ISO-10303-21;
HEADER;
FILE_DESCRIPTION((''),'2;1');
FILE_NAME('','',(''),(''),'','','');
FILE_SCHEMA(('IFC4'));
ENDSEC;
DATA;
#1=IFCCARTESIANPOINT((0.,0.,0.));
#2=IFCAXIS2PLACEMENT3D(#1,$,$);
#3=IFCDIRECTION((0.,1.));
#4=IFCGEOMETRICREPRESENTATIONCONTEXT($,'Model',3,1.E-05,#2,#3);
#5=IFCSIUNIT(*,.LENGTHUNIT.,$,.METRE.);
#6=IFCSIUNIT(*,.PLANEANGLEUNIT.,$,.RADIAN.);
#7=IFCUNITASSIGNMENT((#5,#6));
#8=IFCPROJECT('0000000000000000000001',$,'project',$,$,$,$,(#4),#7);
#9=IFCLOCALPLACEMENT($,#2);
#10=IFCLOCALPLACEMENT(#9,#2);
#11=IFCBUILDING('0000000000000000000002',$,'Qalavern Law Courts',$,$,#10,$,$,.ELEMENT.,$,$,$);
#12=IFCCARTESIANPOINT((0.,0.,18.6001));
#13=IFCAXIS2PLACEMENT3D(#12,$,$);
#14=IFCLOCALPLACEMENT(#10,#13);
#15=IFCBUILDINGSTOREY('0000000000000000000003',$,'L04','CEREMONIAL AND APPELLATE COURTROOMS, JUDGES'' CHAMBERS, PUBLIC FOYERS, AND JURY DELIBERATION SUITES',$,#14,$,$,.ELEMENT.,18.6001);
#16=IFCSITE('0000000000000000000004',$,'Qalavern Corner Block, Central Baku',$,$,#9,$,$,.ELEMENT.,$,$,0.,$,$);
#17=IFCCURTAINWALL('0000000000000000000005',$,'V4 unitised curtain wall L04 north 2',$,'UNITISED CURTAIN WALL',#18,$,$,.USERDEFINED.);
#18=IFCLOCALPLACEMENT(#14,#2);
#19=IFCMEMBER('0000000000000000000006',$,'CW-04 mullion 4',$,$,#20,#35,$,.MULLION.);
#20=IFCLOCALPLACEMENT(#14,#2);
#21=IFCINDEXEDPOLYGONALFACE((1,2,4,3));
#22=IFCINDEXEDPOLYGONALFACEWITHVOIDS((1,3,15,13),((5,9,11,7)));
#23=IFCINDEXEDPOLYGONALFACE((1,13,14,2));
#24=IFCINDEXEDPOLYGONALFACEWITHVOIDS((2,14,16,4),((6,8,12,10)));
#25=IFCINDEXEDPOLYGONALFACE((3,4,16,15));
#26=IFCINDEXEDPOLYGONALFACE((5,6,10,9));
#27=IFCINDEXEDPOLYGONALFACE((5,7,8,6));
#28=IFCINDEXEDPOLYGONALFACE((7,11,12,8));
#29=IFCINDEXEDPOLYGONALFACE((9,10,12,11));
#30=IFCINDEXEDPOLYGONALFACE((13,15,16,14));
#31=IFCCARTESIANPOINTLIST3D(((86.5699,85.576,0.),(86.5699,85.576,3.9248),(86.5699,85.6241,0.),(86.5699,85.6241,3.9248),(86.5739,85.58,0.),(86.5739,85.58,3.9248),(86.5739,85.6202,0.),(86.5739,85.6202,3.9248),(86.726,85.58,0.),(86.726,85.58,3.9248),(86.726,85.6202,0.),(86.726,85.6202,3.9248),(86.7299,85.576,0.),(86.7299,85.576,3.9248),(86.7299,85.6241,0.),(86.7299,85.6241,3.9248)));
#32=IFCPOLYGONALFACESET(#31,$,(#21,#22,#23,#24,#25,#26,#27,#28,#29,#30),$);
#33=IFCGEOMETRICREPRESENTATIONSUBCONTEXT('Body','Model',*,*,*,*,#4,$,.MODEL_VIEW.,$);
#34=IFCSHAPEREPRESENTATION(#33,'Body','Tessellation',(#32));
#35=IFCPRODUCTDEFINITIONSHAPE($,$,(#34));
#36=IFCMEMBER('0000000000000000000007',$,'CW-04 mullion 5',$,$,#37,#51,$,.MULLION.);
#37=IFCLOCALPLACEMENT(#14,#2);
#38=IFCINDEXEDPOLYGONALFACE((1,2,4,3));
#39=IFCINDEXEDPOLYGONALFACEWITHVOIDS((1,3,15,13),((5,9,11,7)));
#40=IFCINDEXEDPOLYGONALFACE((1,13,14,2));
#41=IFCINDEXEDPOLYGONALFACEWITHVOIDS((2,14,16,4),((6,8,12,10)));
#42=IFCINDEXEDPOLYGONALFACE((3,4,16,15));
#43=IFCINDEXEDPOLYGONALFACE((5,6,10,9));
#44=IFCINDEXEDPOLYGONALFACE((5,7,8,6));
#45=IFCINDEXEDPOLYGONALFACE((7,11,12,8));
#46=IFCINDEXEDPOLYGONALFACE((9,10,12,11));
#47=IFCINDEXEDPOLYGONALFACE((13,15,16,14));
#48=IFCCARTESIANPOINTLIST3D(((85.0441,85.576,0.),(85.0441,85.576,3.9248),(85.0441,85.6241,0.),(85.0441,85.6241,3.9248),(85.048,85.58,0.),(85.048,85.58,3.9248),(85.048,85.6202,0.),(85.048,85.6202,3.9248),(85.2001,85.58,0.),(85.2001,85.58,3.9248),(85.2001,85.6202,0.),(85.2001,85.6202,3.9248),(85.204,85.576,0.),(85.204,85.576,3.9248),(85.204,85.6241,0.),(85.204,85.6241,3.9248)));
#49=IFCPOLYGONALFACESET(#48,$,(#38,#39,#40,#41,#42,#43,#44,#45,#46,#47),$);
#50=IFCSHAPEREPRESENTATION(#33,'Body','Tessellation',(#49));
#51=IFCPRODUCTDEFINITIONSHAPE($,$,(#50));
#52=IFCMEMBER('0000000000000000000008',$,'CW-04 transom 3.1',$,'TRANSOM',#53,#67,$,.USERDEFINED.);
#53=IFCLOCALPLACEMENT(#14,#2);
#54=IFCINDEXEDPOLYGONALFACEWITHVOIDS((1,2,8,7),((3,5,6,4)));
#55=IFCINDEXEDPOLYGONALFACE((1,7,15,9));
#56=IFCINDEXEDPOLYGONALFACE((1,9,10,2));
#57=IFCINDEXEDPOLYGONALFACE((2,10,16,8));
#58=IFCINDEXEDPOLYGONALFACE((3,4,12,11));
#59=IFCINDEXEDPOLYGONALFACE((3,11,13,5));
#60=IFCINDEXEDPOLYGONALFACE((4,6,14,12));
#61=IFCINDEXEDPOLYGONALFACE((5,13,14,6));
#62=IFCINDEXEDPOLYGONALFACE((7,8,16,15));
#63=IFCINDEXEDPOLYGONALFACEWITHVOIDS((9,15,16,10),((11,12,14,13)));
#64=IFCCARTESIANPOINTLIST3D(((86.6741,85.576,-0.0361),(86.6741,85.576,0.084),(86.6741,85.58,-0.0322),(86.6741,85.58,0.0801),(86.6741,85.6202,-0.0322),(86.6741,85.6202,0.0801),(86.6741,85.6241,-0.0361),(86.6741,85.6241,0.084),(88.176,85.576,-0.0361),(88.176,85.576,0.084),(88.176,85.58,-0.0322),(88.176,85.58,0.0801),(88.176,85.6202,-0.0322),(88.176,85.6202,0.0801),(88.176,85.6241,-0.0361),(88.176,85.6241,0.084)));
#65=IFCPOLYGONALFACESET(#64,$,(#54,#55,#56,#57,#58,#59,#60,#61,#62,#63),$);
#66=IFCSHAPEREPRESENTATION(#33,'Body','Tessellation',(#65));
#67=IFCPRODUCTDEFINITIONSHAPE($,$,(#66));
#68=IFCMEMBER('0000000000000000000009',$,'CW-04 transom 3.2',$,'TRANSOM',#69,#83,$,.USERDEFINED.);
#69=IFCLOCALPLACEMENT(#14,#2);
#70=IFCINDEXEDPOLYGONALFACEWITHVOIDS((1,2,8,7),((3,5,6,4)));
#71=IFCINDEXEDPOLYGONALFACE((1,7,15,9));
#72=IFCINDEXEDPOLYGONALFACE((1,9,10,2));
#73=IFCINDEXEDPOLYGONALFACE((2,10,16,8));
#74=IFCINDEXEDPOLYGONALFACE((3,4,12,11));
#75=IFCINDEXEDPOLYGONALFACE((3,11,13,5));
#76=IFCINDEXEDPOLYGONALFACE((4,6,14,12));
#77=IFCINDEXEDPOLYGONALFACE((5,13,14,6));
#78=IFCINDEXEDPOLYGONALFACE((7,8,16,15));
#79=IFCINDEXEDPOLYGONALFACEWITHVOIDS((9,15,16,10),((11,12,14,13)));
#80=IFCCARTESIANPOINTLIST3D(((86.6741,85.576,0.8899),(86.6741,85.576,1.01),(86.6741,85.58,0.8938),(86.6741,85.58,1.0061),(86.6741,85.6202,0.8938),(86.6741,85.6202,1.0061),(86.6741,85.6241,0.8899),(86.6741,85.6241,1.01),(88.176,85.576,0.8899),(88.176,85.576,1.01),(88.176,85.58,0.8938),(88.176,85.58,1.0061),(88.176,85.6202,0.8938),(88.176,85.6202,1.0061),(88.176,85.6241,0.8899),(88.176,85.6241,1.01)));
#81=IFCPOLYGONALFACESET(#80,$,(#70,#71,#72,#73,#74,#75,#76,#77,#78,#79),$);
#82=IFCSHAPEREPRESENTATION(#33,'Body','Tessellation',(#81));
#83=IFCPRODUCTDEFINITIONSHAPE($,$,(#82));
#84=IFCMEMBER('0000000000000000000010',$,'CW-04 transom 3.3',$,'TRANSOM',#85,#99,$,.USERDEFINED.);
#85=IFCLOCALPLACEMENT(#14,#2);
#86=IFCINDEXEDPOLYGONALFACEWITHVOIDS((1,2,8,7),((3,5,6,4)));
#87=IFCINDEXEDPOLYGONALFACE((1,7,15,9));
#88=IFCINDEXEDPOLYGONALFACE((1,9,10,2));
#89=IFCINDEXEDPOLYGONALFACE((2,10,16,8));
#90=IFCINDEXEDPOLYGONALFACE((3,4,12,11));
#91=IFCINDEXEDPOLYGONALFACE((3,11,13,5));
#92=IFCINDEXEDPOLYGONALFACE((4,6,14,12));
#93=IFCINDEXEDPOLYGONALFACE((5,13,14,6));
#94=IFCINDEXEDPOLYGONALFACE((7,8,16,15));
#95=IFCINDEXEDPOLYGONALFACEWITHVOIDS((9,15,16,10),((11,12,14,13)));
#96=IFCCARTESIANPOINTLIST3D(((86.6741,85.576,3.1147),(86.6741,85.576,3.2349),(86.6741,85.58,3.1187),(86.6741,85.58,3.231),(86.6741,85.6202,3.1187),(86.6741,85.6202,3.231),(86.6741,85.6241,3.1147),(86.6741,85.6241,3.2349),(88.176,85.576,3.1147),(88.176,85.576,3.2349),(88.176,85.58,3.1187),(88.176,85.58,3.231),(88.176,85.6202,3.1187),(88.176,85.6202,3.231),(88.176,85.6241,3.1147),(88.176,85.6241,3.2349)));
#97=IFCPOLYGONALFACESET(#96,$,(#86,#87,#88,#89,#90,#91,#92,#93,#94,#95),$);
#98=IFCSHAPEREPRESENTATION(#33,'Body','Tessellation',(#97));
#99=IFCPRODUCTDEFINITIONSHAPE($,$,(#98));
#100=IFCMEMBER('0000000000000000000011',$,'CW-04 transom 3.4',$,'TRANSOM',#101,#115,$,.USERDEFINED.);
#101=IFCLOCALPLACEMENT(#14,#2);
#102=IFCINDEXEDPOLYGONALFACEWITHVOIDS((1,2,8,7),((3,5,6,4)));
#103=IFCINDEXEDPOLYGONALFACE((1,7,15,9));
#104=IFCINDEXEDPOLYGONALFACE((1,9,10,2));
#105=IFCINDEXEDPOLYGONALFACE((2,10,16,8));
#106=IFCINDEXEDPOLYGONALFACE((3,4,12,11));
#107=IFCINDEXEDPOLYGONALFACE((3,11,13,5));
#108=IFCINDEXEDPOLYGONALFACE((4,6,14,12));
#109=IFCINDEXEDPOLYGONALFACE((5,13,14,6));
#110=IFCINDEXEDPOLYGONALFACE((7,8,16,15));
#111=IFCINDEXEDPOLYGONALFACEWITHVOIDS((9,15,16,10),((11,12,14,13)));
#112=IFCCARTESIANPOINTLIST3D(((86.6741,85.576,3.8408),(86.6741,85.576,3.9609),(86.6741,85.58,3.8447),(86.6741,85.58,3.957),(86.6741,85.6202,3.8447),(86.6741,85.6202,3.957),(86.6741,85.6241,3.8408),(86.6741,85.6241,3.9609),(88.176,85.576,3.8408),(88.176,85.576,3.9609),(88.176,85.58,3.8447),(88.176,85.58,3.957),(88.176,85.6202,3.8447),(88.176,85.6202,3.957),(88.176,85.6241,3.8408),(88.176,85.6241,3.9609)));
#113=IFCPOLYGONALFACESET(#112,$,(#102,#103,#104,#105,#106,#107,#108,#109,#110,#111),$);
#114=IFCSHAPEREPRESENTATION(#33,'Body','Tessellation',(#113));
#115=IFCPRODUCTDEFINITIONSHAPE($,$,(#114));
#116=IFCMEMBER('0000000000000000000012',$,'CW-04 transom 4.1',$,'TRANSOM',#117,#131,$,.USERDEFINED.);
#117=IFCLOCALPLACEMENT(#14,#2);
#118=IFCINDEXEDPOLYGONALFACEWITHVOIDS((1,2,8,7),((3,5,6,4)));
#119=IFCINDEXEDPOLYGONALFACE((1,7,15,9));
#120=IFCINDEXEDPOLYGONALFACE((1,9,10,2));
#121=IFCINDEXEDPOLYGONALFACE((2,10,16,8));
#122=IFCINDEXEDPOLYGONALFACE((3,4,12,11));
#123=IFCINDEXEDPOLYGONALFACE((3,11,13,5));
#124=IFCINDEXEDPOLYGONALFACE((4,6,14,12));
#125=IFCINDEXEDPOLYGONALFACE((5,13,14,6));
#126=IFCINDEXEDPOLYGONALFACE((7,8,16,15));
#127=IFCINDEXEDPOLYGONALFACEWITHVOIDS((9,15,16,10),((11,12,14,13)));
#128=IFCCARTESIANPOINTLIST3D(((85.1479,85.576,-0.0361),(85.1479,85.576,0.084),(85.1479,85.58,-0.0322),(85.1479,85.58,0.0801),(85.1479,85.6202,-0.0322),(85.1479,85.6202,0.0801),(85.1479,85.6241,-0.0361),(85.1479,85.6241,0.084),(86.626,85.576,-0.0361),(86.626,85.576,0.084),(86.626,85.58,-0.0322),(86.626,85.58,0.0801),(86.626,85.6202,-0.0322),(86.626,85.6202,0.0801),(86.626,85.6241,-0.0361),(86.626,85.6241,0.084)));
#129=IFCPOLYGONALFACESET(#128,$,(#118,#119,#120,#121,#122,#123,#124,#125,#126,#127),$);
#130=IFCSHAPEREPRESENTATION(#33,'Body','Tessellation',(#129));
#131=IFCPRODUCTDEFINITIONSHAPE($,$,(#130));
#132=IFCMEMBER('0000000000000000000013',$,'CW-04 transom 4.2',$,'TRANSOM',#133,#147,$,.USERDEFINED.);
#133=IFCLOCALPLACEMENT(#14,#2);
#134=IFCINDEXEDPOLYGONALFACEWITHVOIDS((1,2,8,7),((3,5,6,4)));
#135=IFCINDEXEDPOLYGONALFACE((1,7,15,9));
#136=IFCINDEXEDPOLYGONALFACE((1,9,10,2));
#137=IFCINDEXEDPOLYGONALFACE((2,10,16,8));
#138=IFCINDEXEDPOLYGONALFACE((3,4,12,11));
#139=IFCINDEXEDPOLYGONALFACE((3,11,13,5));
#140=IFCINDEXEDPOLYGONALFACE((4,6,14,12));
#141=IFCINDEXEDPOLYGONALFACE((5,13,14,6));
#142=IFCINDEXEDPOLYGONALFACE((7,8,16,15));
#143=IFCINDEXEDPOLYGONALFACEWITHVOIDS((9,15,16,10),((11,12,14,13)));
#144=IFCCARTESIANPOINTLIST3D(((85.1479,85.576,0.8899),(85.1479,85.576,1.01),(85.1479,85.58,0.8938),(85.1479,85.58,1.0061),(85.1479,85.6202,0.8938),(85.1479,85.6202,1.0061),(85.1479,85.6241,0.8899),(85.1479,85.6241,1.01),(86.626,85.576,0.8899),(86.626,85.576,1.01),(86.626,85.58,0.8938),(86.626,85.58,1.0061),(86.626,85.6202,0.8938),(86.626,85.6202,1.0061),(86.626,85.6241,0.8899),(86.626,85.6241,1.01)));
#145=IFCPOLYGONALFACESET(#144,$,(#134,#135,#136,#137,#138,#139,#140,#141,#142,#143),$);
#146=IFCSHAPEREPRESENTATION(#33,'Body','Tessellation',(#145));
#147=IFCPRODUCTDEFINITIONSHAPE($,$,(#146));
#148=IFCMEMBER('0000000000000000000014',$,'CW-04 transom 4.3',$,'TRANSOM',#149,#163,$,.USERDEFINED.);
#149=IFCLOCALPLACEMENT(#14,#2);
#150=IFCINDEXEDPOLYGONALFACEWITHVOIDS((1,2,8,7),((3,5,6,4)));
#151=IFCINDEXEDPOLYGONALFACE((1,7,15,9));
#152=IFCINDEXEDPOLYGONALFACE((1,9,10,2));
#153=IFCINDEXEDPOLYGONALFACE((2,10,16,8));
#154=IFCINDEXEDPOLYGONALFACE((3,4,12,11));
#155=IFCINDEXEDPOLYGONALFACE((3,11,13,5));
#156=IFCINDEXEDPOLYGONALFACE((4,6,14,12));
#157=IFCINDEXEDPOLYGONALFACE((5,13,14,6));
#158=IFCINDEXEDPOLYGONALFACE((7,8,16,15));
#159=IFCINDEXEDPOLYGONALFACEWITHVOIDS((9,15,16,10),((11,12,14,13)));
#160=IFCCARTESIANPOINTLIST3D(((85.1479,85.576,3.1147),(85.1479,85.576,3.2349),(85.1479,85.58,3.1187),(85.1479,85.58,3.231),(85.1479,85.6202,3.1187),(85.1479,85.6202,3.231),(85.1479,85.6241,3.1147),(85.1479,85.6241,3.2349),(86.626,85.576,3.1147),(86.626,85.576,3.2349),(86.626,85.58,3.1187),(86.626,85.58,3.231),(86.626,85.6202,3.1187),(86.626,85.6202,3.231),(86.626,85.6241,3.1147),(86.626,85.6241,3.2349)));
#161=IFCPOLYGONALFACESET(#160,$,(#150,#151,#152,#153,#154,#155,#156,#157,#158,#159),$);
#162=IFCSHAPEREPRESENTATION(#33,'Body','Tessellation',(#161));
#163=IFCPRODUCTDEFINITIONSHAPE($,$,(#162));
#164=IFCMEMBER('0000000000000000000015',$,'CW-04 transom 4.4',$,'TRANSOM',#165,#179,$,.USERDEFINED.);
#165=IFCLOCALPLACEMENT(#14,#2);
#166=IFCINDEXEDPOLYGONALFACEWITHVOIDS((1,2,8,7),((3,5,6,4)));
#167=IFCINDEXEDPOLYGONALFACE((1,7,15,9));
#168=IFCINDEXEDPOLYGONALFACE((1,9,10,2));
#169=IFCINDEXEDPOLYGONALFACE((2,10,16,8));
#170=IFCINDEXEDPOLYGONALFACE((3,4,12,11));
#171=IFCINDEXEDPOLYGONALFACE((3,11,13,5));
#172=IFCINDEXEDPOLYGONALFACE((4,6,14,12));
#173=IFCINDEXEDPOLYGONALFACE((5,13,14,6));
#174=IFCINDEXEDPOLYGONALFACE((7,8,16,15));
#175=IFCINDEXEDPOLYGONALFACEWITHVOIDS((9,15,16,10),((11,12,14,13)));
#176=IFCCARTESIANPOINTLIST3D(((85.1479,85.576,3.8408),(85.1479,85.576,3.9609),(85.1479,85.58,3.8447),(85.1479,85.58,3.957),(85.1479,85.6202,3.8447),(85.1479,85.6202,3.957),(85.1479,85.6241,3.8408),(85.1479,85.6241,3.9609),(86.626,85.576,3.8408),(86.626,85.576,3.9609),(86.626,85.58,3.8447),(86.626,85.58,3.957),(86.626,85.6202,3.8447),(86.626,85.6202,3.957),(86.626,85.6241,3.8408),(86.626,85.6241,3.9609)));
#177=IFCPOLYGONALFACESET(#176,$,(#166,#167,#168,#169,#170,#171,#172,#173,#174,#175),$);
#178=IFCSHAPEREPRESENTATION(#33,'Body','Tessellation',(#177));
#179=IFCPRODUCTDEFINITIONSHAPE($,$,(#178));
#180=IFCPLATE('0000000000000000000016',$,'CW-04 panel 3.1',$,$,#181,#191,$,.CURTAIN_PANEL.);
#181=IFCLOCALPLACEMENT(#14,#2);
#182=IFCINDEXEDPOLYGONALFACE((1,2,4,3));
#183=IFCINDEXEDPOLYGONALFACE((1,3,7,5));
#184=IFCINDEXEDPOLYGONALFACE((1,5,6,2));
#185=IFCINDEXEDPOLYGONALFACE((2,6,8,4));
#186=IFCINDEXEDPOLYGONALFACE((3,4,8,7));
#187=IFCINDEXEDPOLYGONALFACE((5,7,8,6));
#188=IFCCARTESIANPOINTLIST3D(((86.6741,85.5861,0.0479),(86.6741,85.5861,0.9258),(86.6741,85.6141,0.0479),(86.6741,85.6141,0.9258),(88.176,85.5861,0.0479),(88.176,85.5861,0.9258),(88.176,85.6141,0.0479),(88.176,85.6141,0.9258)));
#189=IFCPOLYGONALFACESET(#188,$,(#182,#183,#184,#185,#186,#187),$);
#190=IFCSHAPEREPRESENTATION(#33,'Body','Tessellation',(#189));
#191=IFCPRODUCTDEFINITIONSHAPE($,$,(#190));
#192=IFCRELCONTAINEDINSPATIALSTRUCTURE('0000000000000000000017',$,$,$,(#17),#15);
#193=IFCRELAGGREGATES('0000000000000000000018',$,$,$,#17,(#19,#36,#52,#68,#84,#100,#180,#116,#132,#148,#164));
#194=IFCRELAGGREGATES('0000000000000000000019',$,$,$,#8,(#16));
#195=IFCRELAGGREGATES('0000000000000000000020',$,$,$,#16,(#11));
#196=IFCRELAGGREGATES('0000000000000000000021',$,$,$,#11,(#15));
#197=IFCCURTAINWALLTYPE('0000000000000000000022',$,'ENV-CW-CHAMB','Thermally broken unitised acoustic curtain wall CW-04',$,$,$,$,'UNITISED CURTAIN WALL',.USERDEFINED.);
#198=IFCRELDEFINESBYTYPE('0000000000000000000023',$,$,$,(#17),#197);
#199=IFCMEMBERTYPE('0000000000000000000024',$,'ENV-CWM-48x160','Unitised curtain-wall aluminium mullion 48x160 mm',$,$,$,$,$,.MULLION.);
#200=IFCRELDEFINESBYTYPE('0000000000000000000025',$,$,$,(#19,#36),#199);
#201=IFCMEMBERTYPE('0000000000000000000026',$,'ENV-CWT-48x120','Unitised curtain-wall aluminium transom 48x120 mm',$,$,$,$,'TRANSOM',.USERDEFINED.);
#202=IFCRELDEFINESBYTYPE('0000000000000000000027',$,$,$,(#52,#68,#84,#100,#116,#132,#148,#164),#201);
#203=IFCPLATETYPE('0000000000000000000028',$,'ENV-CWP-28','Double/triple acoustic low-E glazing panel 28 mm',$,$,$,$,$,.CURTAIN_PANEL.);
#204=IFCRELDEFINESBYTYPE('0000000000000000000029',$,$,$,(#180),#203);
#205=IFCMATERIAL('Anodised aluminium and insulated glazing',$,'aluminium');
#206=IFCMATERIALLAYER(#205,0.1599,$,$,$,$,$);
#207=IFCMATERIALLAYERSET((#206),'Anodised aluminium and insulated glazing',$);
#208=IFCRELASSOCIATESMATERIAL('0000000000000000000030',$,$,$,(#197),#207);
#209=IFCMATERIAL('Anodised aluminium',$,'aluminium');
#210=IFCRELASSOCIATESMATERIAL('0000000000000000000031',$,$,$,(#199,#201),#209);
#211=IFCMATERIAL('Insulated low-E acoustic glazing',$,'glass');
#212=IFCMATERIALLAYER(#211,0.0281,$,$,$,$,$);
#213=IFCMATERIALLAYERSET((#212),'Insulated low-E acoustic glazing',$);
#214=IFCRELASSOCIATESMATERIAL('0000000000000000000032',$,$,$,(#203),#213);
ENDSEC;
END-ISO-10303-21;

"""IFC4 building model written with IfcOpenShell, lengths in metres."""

from ifc_helpers import new_model, si_unit, direction, frame, origin, origin_2d, place, context, subcontext, project, spatial, rectangle, hollow_rectangle, extrude, material, layer, layer_set, material_profile, profile_set, type_object, element, aggregate, save


model = new_model("IFC4")

# Units and contexts
model_context = context("Model", 3, precision=1e-05, world=origin(), true_north=direction((0.0, 1.0)))
body_context = subcontext(model_context, "Body", "Model", "MODEL_VIEW")
ifc_project = project(units=[si_unit("LENGTHUNIT", "METRE"), si_unit("PLANEANGLEUNIT", "RADIAN")], contexts=[model_context])

# Site, building, storey
site_placement = place(None, origin())
site = spatial("IfcSite", under=ifc_project, at=site_placement, Name="Qalavern Corner Block, Central Baku", CompositionType="ELEMENT", RefElevation=0.0)
building_placement = place(site_placement, origin())
building = spatial("IfcBuilding", under=site, at=building_placement, Name="Qalavern Law Courts", CompositionType="ELEMENT")
storey_placement = place(building_placement, frame((0.0, 0.0, 18.6001)))
storey = spatial("IfcBuildingStorey", under=building, at=storey_placement, Name="L04", Description="CEREMONIAL AND APPELLATE COURTROOMS, JUDGES' CHAMBERS, PUBLIC FOYERS, AND JURY DELIBERATION SUITES", CompositionType="ELEMENT", Elevation=18.6001)

# Curtain wall, members, plate
ifc_material_1 = material(Name="Anodised aluminium and insulated glazing", Category="aluminium")
ifc_layer_1 = layer(ifc_material_1, 0.1599)
ifc_layer_set_1 = layer_set([ifc_layer_1], Name="Anodised aluminium and insulated glazing")
curtain_wall_type = type_object("IfcCurtainWallType", Name="ENV-CW-CHAMB", Description="Thermally broken unitised acoustic curtain wall CW-04", ElementType="UNITISED CURTAIN WALL", PredefinedType="USERDEFINED", material=ifc_layer_set_1)
curtain_wall_placement = place(storey_placement, origin())
curtain_wall = element("IfcCurtainWall", 1, at=curtain_wall_placement, inside=storey, type_object=curtain_wall_type, Name="V4 unitised curtain wall L04 north 2", ObjectType="UNITISED CURTAIN WALL", PredefinedType="USERDEFINED")
ifc_material_2 = material(Name="Anodised aluminium", Category="aluminium")
ifc_material_profile_1 = material_profile(ifc_material_2, hollow_rectangle(XDim=0.0481, YDim=0.1599, WallThickness=0.0039, at=origin_2d()), Name="ALU MULLION 48x160")
ifc_profile_set_1 = profile_set([ifc_material_profile_1], Name="Anodised aluminium")
member_type_1 = type_object("IfcMemberType", Name="ENV-CWM-48x160", Description="Unitised curtain-wall aluminium mullion 48x160 mm", PredefinedType="MULLION", material=ifc_profile_set_1)
member_1_placement = place(storey_placement, frame((86.6499, 85.6001, 0.0), z_axis=(0.0, 0.0, 1.0), x_axis=(0.0, -1.0, 0.0)))
member_1 = element("IfcMember", 2, at=member_1_placement, type_object=member_type_1, Name="CW-04 mullion 4", PredefinedType="MULLION", context=body_context, shape_type="SweptSolid", body=[
    extrude(hollow_rectangle(XDim=0.0481, YDim=0.1599, WallThickness=0.0039, at=origin_2d()), origin(), (0.0, 0.0, 1.0), 3.9248),
])
member_2_placement = place(storey_placement, frame((85.124, 85.6001, 0.0), z_axis=(0.0, 0.0, 1.0), x_axis=(0.0, -1.0, 0.0)))
member_2 = element("IfcMember", 3, at=member_2_placement, type_object=member_type_1, Name="CW-04 mullion 5", PredefinedType="MULLION", context=body_context, shape_type="SweptSolid", body=[
    extrude(hollow_rectangle(XDim=0.0481, YDim=0.1599, WallThickness=0.0039, at=origin_2d()), origin(), (0.0, 0.0, 1.0), 3.9248),
])
ifc_material_profile_2 = material_profile(ifc_material_2, hollow_rectangle(XDim=0.0481, YDim=0.1201, WallThickness=0.0039, at=origin_2d()), Name="ALU TRANSOM 48x120")
ifc_profile_set_2 = profile_set([ifc_material_profile_2], Name="Anodised aluminium")
member_type_2 = type_object("IfcMemberType", Name="ENV-CWT-48x120", Description="Unitised curtain-wall aluminium transom 48x120 mm", ElementType="TRANSOM", PredefinedType="USERDEFINED", material=ifc_profile_set_2)
member_3_placement = place(storey_placement, frame((88.176, 85.6001, 0.0239), z_axis=(-1.0, 0.0, 0.0), x_axis=(0.0, -1.0, 0.0)))
member_3 = element("IfcMember", 4, at=member_3_placement, type_object=member_type_2, Name="CW-04 transom 3.1", ObjectType="TRANSOM", PredefinedType="USERDEFINED", context=body_context, shape_type="SweptSolid", body=[
    extrude(hollow_rectangle(XDim=0.0481, YDim=0.1201, WallThickness=0.0039, at=origin_2d()), origin(), (0.0, 0.0, 1.0), 1.502),
])
member_4_placement = place(storey_placement, frame((88.176, 85.6001, 0.95), z_axis=(-1.0, 0.0, 0.0), x_axis=(0.0, -1.0, 0.0)))
member_4 = element("IfcMember", 5, at=member_4_placement, type_object=member_type_2, Name="CW-04 transom 3.2", ObjectType="TRANSOM", PredefinedType="USERDEFINED", context=body_context, shape_type="SweptSolid", body=[
    extrude(hollow_rectangle(XDim=0.0481, YDim=0.1201, WallThickness=0.0039, at=origin_2d()), origin(), (0.0, 0.0, 1.0), 1.502),
])
member_5_placement = place(storey_placement, frame((88.176, 85.6001, 3.1748), z_axis=(-1.0, 0.0, 0.0), x_axis=(0.0, -1.0, 0.0)))
member_5 = element("IfcMember", 6, at=member_5_placement, type_object=member_type_2, Name="CW-04 transom 3.3", ObjectType="TRANSOM", PredefinedType="USERDEFINED", context=body_context, shape_type="SweptSolid", body=[
    extrude(hollow_rectangle(XDim=0.0481, YDim=0.1201, WallThickness=0.0039, at=origin_2d()), origin(), (0.0, 0.0, 1.0), 1.502),
])
member_6_placement = place(storey_placement, frame((88.176, 85.6001, 3.9009), z_axis=(-1.0, 0.0, 0.0), x_axis=(0.0, -1.0, 0.0)))
member_6 = element("IfcMember", 7, at=member_6_placement, type_object=member_type_2, Name="CW-04 transom 3.4", ObjectType="TRANSOM", PredefinedType="USERDEFINED", context=body_context, shape_type="SweptSolid", body=[
    extrude(hollow_rectangle(XDim=0.0481, YDim=0.1201, WallThickness=0.0039, at=origin_2d()), origin(), (0.0, 0.0, 1.0), 1.502),
])
member_7_placement = place(storey_placement, frame((86.626, 85.6001, 0.0239), z_axis=(-1.0, 0.0, 0.0), x_axis=(0.0, -1.0, 0.0)))
member_7 = element("IfcMember", 8, at=member_7_placement, type_object=member_type_2, Name="CW-04 transom 4.1", ObjectType="TRANSOM", PredefinedType="USERDEFINED", context=body_context, shape_type="SweptSolid", body=[
    extrude(hollow_rectangle(XDim=0.0481, YDim=0.1201, WallThickness=0.0039, at=origin_2d()), origin(), (0.0, 0.0, 1.0), 1.478),
])
member_8_placement = place(storey_placement, frame((86.626, 85.6001, 0.95), z_axis=(-1.0, 0.0, 0.0), x_axis=(0.0, -1.0, 0.0)))
member_8 = element("IfcMember", 9, at=member_8_placement, type_object=member_type_2, Name="CW-04 transom 4.2", ObjectType="TRANSOM", PredefinedType="USERDEFINED", context=body_context, shape_type="SweptSolid", body=[
    extrude(hollow_rectangle(XDim=0.0481, YDim=0.1201, WallThickness=0.0039, at=origin_2d()), origin(), (0.0, 0.0, 1.0), 1.478),
])
member_9_placement = place(storey_placement, frame((86.626, 85.6001, 3.1748), z_axis=(-1.0, 0.0, 0.0), x_axis=(0.0, -1.0, 0.0)))
member_9 = element("IfcMember", 10, at=member_9_placement, type_object=member_type_2, Name="CW-04 transom 4.3", ObjectType="TRANSOM", PredefinedType="USERDEFINED", context=body_context, shape_type="SweptSolid", body=[
    extrude(hollow_rectangle(XDim=0.0481, YDim=0.1201, WallThickness=0.0039, at=origin_2d()), origin(), (0.0, 0.0, 1.0), 1.478),
])
member_10_placement = place(storey_placement, frame((86.626, 85.6001, 3.9009), z_axis=(-1.0, 0.0, 0.0), x_axis=(0.0, -1.0, 0.0)))
member_10 = element("IfcMember", 11, at=member_10_placement, type_object=member_type_2, Name="CW-04 transom 4.4", ObjectType="TRANSOM", PredefinedType="USERDEFINED", context=body_context, shape_type="SweptSolid", body=[
    extrude(hollow_rectangle(XDim=0.0481, YDim=0.1201, WallThickness=0.0039, at=origin_2d()), origin(), (0.0, 0.0, 1.0), 1.478),
])
ifc_material_3 = material(Name="Insulated low-E acoustic glazing", Category="glass")
ifc_layer_2 = layer(ifc_material_3, 0.0281)
ifc_layer_set_2 = layer_set([ifc_layer_2], Name="Insulated low-E acoustic glazing")
plate_type = type_object("IfcPlateType", Name="ENV-CWP-28", Description="Double/triple acoustic low-E glazing panel 28 mm", PredefinedType="CURTAIN_PANEL", material=ifc_layer_set_2)
plate_1_placement = place(storey_placement, frame((87.425, 85.6001, 0.0479), z_axis=(0.0, 0.0, 1.0), x_axis=(-1.0, 0.0, 0.0)))
plate_1 = element("IfcPlate", 12, at=plate_1_placement, type_object=plate_type, Name="CW-04 panel 3.1", PredefinedType="CURTAIN_PANEL", context=body_context, shape_type="SweptSolid", body=[
    extrude(rectangle(XDim=1.502, YDim=0.0281, at=origin_2d()), origin(), (0.0, 0.0, 1.0), 0.8779),
])
aggregate(curtain_wall, [member_1, member_2, member_3, member_4, member_5, member_6, plate_1, member_7, member_8, member_9, member_10])

save(model, "model.ifc")
